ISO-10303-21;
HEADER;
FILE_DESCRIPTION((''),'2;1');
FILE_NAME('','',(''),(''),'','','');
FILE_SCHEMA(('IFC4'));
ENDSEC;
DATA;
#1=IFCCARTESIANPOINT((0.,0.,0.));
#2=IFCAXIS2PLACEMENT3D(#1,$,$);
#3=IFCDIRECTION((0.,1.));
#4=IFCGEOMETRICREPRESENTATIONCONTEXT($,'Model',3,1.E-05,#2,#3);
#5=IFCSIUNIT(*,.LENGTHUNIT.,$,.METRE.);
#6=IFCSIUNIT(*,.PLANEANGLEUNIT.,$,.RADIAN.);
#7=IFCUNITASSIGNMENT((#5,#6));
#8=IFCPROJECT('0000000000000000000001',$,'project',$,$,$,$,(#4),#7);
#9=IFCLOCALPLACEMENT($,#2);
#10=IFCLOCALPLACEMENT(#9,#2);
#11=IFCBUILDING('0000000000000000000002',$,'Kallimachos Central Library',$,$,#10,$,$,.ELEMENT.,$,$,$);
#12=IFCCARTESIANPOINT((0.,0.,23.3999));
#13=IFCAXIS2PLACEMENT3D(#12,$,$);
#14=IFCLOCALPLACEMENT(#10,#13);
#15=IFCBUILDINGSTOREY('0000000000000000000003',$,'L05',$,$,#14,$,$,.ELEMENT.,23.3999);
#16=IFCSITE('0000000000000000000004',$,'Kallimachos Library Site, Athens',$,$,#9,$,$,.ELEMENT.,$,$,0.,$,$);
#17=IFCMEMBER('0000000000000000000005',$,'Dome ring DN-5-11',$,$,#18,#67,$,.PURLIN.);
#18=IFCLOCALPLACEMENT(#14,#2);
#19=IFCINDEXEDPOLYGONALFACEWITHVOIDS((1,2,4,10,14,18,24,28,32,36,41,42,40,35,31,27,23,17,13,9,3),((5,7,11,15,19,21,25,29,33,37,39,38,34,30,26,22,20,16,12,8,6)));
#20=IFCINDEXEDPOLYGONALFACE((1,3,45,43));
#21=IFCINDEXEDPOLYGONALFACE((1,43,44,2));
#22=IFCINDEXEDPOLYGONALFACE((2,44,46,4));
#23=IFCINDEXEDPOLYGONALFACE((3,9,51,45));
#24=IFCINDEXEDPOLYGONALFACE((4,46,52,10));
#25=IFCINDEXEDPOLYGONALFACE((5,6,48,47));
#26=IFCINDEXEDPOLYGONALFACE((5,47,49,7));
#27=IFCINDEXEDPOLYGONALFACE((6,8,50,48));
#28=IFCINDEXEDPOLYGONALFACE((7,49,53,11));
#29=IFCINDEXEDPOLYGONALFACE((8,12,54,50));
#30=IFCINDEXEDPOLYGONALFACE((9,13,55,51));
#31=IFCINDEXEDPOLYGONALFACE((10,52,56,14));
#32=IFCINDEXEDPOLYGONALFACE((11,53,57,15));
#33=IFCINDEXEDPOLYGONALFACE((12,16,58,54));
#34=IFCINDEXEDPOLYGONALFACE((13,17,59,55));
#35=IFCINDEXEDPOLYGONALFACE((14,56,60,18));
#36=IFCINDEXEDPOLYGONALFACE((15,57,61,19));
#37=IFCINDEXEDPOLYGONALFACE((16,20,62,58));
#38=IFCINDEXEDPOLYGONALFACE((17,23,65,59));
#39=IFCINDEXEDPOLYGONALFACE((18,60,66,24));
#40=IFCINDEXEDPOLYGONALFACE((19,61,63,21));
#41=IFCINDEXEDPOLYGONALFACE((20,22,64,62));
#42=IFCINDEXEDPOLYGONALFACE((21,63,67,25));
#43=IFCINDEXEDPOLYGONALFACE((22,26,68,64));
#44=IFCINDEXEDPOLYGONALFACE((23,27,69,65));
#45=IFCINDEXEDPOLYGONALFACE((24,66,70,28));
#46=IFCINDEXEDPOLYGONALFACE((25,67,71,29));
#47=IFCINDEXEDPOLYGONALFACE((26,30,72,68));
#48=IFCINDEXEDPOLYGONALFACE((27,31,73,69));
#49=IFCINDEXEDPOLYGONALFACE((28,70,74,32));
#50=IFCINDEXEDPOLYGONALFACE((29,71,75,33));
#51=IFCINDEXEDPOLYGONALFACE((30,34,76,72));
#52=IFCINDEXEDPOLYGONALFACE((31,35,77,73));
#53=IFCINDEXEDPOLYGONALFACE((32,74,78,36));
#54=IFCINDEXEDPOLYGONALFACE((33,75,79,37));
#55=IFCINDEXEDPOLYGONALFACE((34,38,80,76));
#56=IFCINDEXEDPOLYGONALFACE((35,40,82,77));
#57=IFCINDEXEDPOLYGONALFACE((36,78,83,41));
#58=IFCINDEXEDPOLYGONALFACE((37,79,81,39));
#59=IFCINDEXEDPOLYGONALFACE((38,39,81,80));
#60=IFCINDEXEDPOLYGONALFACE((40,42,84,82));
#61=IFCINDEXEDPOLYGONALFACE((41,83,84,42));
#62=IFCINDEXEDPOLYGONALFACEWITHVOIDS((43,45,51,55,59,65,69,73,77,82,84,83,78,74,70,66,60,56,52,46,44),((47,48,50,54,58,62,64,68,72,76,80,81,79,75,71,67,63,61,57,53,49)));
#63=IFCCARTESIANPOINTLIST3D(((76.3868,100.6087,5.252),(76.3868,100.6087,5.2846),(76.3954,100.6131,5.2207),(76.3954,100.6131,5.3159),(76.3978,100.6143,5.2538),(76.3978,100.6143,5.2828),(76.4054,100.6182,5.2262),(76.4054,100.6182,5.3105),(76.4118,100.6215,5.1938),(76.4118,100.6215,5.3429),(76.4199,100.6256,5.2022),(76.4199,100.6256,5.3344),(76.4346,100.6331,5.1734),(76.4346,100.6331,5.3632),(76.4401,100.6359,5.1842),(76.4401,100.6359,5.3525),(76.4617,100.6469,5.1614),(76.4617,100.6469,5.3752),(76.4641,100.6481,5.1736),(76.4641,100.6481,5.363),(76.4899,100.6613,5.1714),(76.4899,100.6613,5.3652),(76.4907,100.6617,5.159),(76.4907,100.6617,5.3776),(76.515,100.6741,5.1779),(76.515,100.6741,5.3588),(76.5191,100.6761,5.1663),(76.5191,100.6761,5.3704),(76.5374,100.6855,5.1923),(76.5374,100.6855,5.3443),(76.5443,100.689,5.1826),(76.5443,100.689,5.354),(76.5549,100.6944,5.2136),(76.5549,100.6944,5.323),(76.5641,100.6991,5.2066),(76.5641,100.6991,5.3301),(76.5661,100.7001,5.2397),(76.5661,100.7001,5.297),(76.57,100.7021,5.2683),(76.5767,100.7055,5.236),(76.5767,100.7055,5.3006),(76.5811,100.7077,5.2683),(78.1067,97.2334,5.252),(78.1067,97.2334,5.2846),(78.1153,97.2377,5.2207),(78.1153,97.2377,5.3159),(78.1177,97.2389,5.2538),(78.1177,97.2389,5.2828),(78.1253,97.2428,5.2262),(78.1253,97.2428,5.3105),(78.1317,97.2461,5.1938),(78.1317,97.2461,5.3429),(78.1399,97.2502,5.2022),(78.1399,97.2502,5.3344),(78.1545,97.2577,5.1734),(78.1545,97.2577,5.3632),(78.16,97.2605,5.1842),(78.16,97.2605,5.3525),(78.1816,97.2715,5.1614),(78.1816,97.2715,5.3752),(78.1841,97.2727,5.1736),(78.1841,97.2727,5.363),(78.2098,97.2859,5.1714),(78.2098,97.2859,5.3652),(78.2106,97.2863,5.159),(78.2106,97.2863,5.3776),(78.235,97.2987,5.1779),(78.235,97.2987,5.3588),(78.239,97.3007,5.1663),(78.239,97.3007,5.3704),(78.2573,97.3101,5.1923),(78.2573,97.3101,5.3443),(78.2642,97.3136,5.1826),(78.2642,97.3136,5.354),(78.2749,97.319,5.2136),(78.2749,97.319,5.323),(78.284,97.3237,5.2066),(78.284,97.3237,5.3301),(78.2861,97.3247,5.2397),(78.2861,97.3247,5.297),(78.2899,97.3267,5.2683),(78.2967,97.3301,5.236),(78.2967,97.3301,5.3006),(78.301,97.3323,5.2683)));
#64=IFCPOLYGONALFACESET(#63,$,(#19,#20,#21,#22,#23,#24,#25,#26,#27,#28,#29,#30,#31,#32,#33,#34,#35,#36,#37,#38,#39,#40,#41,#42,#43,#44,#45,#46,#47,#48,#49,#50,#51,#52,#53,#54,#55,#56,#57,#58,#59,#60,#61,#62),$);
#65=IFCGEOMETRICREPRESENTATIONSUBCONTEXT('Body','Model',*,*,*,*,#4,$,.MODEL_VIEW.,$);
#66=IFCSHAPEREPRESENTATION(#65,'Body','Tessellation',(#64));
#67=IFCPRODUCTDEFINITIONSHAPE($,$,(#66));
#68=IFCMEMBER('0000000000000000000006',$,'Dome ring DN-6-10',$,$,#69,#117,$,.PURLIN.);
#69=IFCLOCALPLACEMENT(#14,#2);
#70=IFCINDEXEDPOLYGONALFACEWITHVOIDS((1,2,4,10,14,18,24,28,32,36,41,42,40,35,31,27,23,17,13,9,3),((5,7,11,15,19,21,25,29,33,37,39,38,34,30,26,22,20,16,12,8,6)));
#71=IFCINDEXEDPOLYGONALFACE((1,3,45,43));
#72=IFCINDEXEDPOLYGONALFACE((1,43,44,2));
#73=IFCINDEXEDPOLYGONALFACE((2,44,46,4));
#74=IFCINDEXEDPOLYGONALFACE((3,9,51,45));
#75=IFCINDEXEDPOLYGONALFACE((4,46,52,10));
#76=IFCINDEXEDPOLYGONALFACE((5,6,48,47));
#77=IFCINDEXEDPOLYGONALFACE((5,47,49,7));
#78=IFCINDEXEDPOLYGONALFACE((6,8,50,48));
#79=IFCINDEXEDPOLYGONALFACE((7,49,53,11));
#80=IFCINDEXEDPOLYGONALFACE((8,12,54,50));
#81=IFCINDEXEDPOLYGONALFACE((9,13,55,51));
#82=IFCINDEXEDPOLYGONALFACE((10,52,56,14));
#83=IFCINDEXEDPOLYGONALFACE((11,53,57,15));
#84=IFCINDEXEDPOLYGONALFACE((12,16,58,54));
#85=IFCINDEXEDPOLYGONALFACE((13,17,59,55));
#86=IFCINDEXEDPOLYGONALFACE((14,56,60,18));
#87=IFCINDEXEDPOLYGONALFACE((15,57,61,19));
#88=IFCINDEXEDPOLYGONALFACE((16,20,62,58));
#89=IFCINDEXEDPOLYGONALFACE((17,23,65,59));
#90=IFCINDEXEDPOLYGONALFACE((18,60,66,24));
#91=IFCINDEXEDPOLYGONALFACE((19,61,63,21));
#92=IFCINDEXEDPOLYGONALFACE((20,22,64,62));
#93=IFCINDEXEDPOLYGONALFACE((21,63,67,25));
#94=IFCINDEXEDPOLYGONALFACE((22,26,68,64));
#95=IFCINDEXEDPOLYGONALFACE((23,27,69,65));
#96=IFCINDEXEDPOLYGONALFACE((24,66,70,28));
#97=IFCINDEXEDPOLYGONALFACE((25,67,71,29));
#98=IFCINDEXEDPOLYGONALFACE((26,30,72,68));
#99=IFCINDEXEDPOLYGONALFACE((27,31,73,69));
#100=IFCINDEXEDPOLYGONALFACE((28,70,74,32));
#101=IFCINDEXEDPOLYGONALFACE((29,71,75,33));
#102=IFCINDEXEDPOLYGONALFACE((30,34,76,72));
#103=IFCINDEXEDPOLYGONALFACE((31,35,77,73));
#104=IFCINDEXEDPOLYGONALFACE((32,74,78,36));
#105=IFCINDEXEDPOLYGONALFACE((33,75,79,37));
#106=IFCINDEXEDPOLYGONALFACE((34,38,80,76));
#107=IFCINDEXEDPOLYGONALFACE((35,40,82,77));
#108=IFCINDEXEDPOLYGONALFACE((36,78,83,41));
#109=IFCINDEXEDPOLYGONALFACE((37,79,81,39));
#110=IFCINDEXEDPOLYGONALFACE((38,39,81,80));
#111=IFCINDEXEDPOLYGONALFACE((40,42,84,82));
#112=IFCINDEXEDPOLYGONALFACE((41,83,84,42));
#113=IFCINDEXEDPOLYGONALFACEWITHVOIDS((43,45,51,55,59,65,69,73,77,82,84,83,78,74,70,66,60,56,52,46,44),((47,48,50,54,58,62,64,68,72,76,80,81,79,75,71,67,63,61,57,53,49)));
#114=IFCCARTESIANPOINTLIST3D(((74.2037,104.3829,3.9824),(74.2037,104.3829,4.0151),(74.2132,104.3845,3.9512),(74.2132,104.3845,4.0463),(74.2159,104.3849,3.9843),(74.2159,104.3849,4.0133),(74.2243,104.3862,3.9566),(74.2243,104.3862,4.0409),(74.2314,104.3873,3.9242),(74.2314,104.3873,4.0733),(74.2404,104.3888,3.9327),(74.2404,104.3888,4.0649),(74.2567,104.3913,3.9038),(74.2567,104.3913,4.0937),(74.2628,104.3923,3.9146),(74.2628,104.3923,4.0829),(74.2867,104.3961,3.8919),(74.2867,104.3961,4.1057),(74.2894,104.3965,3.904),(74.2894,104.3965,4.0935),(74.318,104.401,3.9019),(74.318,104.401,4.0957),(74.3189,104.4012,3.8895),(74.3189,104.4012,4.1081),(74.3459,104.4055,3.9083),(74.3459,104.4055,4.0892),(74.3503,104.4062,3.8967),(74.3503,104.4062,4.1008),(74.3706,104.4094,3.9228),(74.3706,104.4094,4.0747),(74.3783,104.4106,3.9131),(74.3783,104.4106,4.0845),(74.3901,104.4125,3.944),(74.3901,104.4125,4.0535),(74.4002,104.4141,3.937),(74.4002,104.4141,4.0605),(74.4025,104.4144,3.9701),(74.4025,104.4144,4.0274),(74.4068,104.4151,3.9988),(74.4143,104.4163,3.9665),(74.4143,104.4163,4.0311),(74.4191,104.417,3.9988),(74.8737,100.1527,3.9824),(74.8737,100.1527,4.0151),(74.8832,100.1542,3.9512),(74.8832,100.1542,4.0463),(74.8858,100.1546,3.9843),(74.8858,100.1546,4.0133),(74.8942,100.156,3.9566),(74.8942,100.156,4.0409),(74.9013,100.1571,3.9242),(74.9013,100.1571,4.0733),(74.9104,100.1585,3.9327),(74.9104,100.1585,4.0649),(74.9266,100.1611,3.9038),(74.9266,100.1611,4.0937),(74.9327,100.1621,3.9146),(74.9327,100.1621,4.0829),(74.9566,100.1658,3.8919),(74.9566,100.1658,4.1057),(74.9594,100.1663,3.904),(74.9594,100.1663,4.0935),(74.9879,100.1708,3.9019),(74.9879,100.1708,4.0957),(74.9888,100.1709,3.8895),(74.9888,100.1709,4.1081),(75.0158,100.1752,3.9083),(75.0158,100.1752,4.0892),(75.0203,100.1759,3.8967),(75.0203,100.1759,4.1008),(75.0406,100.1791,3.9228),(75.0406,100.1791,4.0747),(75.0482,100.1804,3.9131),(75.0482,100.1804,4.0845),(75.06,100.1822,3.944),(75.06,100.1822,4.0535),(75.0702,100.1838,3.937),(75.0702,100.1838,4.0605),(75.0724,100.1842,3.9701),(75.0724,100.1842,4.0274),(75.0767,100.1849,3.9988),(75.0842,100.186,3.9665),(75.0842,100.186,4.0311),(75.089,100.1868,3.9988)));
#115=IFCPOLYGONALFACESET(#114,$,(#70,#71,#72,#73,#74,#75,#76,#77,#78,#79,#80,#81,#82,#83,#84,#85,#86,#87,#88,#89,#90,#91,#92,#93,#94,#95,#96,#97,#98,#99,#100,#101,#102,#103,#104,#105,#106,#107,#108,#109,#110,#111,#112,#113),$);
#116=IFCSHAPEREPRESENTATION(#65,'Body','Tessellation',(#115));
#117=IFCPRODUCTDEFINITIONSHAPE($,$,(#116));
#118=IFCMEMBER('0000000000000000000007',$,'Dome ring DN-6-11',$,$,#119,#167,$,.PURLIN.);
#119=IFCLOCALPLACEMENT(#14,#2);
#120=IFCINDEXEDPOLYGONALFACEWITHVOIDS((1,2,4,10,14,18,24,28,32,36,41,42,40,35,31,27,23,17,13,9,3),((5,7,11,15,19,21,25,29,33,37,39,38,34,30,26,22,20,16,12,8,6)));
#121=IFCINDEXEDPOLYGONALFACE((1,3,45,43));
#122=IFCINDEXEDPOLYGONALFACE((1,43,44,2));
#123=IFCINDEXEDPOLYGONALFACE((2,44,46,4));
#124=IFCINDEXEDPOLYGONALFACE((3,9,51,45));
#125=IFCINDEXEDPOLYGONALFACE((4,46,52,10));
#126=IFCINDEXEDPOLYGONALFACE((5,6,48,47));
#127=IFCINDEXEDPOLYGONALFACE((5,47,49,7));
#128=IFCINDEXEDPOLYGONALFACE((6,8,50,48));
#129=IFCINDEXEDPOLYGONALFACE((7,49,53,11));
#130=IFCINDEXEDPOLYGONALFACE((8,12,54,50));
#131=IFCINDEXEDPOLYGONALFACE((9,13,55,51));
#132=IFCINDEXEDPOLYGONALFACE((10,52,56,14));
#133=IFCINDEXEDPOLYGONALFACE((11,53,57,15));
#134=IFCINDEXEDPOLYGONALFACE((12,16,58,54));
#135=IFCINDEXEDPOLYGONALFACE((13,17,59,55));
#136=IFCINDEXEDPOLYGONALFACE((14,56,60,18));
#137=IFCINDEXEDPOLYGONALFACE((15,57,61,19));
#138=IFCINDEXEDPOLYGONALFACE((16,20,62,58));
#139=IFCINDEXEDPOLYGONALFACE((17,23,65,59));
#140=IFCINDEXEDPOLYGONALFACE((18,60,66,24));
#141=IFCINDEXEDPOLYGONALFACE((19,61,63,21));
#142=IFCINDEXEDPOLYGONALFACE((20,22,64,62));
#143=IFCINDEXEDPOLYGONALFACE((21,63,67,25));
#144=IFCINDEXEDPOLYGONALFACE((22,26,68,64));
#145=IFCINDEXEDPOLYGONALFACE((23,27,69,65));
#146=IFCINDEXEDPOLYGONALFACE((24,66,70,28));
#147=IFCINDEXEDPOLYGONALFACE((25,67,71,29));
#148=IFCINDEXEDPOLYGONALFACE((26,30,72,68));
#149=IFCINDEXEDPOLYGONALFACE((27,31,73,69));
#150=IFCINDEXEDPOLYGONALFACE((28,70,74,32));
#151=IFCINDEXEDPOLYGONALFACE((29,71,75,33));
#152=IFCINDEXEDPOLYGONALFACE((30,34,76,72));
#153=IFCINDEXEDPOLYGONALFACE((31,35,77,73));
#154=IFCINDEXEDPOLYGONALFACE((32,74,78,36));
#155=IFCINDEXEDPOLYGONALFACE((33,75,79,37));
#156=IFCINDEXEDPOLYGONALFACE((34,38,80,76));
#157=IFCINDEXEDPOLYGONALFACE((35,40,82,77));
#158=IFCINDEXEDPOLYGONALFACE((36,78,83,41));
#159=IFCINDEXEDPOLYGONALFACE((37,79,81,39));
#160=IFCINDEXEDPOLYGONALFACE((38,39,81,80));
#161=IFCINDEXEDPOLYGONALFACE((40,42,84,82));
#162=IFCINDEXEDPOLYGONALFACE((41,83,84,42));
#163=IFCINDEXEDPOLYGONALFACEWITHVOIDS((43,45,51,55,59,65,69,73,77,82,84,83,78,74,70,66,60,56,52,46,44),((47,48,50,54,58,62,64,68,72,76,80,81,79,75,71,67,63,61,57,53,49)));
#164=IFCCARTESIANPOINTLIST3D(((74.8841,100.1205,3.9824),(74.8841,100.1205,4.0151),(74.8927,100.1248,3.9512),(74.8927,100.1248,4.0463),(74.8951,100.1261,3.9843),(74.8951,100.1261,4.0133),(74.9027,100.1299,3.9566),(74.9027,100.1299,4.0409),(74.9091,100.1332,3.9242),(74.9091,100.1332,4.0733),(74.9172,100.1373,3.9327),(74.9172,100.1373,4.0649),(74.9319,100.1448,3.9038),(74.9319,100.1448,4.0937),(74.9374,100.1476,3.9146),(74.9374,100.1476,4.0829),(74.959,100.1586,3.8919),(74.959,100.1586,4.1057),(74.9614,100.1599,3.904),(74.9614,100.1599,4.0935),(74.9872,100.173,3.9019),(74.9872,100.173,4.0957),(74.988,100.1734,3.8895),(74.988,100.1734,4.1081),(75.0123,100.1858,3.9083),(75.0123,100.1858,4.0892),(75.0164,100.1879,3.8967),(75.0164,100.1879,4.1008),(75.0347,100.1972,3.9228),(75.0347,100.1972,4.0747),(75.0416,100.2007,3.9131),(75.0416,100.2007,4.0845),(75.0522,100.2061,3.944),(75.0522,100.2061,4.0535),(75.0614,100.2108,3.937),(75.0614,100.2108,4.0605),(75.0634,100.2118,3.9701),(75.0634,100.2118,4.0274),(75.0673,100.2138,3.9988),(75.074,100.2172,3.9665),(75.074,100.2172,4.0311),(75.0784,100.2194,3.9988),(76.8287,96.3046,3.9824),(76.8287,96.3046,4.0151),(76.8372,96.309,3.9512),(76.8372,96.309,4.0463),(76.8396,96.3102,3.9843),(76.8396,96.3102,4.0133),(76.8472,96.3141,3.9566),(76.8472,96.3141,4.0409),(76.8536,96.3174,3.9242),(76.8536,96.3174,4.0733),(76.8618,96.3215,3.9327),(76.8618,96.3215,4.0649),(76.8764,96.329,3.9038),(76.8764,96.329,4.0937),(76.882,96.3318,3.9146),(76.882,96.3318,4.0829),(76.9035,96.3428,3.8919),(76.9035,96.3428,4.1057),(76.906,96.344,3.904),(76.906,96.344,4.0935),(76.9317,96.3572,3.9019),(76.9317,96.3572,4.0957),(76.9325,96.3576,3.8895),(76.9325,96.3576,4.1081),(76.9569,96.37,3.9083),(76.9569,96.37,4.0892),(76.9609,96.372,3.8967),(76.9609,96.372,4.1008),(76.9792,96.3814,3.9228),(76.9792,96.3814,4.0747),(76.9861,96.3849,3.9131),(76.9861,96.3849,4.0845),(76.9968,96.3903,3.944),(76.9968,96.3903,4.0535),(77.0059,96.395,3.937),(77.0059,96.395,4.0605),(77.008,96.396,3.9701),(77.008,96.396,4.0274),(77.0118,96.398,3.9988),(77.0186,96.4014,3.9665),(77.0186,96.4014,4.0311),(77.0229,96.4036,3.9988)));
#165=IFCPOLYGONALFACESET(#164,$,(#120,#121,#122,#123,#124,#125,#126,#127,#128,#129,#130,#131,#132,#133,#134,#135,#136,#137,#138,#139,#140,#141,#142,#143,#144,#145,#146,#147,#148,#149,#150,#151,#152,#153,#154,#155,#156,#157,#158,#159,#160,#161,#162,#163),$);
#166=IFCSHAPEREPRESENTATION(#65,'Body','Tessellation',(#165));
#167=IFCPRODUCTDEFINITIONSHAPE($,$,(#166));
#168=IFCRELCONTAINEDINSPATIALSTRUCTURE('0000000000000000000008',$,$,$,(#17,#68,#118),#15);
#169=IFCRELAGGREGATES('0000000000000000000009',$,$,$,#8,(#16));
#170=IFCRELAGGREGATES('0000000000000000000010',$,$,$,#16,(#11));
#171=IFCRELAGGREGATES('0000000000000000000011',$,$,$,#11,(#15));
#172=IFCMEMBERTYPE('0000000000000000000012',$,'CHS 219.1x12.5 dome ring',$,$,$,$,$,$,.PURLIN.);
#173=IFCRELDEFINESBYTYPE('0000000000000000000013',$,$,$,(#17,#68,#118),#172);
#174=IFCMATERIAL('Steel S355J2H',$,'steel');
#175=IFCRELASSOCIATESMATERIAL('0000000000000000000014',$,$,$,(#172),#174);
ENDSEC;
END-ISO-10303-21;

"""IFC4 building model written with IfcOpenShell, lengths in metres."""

from ifc_helpers import new_model, si_unit, direction, frame, origin, origin_2d, place, context, subcontext, project, spatial, hollow_circle, extrude, material, material_profile, profile_set, type_object, element, save


model = new_model("IFC4")

# Units and contexts
model_context = context("Model", 3, precision=1e-05, world=origin(), true_north=direction((0.0, 1.0)))
body_context = subcontext(model_context, "Body", "Model", "MODEL_VIEW")
ifc_project = project(units=[si_unit("LENGTHUNIT", "METRE"), si_unit("PLANEANGLEUNIT", "RADIAN")], contexts=[model_context])

# Site, building, storey
site_placement = place(None, origin())
site = spatial("IfcSite", under=ifc_project, at=site_placement, Name="Kallimachos Library Site, Athens", CompositionType="ELEMENT", RefElevation=0.0)
building_placement = place(site_placement, origin())
building = spatial("IfcBuilding", under=site, at=building_placement, Name="Kallimachos Central Library", CompositionType="ELEMENT")
storey_placement = place(building_placement, frame((0.0, 0.0, 23.3999)))
storey = spatial("IfcBuildingStorey", under=building, at=storey_placement, Name="L05", CompositionType="ELEMENT", Elevation=23.3999)

# Members
ifc_material_1 = material(Name="Steel S355J2H", Category="steel")
ifc_material_profile_1 = material_profile(ifc_material_1, hollow_circle(Radius=0.1096, WallThickness=0.0125, at=origin_2d()), Name="CHS 219.1x12.5")
ifc_profile_set_1 = profile_set([ifc_material_profile_1], Name="Steel S355J2H")
member_type_1 = type_object("IfcMemberType", Name="CHS 219.1x12.5 dome ring", PredefinedType="PURLIN", material=ifc_profile_set_1)
member_1_placement = place(storey_placement, frame((76.4834, 100.658, 5.2683), z_axis=(0.454006, -0.890999, 0.0), x_axis=(0.890999, 0.454006, 0.0)))
element("IfcMember", 1, at=member_1_placement, inside=storey, type_object=member_type_1, Name="Dome ring DN-5-11", PredefinedType="PURLIN", context=body_context, shape_type="SweptSolid", body=[
    extrude(hollow_circle(Radius=0.1096, WallThickness=0.0125, at=origin_2d()), origin(), (0.0, 0.0, 1.0), 3.7883),
])
member_2_placement = place(storey_placement, frame((74.3108, 104.3999, 3.9988), z_axis=(0.156416, -0.987691, 0.0), x_axis=(0.987691, 0.156416, 0.0)))
element("IfcMember", 2, at=member_2_placement, inside=storey, type_object=member_type_1, Name="Dome ring DN-6-10", PredefinedType="PURLIN", context=body_context, shape_type="SweptSolid", body=[
    extrude(hollow_circle(Radius=0.1096, WallThickness=0.0125, at=origin_2d()), origin(), (0.0, 0.0, 1.0), 4.283),
])
member_3_placement = place(storey_placement, frame((74.9807, 100.1697, 3.9988), z_axis=(0.454041, -0.890981, 0.0), x_axis=(0.890981, 0.454041, 0.0)))
element("IfcMember", 3, at=member_3_placement, inside=storey, type_object=member_type_1, Name="Dome ring DN-6-11", PredefinedType="PURLIN", context=body_context, shape_type="SweptSolid", body=[
    extrude(hollow_circle(Radius=0.1096, WallThickness=0.0125, at=origin_2d()), origin(), (0.0, 0.0, 1.0), 4.2827),
])

save(model, "model.ifc")
